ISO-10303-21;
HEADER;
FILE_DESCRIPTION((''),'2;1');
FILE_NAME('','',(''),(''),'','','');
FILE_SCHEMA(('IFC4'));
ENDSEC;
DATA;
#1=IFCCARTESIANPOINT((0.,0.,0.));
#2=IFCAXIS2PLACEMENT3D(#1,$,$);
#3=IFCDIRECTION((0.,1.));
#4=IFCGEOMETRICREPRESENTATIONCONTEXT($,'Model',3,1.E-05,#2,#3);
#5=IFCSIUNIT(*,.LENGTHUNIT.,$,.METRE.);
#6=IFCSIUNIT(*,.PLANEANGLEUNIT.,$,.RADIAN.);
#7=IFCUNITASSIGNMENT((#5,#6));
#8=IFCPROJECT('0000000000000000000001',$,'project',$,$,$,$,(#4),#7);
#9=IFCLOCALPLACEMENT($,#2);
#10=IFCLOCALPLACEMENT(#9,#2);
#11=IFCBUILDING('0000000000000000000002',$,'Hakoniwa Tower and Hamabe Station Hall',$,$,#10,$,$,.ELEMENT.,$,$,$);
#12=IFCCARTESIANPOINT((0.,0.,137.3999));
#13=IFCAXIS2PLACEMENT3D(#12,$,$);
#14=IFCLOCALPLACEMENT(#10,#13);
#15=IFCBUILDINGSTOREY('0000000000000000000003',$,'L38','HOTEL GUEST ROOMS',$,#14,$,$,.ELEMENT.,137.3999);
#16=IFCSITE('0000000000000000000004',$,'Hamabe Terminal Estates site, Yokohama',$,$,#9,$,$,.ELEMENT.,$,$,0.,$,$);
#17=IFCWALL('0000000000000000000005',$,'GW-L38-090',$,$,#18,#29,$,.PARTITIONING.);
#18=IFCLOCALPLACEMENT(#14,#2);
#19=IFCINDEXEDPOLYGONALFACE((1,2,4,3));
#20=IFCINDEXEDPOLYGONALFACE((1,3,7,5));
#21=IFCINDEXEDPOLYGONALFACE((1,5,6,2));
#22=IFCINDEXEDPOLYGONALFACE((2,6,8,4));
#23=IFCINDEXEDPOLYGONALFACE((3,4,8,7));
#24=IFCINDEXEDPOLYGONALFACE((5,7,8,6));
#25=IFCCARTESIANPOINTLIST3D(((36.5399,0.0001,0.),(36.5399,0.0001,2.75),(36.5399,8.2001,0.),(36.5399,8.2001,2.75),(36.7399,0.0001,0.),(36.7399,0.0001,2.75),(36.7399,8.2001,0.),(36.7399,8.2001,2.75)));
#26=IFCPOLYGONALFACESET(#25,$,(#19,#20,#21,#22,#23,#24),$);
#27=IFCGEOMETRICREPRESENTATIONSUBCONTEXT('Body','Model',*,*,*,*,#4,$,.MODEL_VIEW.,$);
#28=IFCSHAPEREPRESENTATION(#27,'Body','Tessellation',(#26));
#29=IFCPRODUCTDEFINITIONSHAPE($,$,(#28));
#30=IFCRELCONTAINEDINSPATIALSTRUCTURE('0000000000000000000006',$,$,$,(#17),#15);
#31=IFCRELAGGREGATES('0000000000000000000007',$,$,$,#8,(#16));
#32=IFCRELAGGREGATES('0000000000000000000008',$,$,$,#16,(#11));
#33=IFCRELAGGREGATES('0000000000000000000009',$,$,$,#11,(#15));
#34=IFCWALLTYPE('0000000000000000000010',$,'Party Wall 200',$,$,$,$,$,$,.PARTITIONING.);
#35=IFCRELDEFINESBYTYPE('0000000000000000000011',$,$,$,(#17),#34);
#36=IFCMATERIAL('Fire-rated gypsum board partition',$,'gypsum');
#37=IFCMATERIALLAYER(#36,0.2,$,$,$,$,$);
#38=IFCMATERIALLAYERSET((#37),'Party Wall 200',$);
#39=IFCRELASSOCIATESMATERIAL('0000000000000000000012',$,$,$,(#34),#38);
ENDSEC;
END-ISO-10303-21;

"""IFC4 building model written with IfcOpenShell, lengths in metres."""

from ifc_helpers import new_model, si_unit, direction, frame, frame_2d, origin, place, context, subcontext, project, spatial, rectangle, extrude, material, layer, layer_set, type_object, element, save


model = new_model("IFC4")

# Units and contexts
model_context = context("Model", 3, precision=1e-05, world=origin(), true_north=direction((0.0, 1.0)))
body_context = subcontext(model_context, "Body", "Model", "MODEL_VIEW")
ifc_project = project(units=[si_unit("LENGTHUNIT", "METRE"), si_unit("PLANEANGLEUNIT", "RADIAN")], contexts=[model_context])

# Site, building, storey
site_placement = place(None, origin())
site = spatial("IfcSite", under=ifc_project, at=site_placement, Name="Hamabe Terminal Estates site, Yokohama", CompositionType="ELEMENT", RefElevation=0.0)
building_placement = place(site_placement, origin())
building = spatial("IfcBuilding", under=site, at=building_placement, Name="Hakoniwa Tower and Hamabe Station Hall", CompositionType="ELEMENT")
storey_placement = place(building_placement, frame((0.0, 0.0, 137.3999)))
storey = spatial("IfcBuildingStorey", under=building, at=storey_placement, Name="L38", Description="HOTEL GUEST ROOMS", CompositionType="ELEMENT", Elevation=137.3999)

# Wall
ifc_material_1 = material(Name="Fire-rated gypsum board partition", Category="gypsum")
ifc_layer_1 = layer(ifc_material_1, 0.2)
ifc_layer_set_1 = layer_set([ifc_layer_1], Name="Party Wall 200")
wall_type_1 = type_object("IfcWallType", Name="Party Wall 200", PredefinedType="PARTITIONING", material=ifc_layer_set_1)
wall_1_placement = place(storey_placement, frame((36.6399, 0.0, 0.0), z_axis=(0.0, 0.0, 1.0), x_axis=(0.0, 1.0, 0.0)))
element("IfcWall", 1, at=wall_1_placement, inside=storey, type_object=wall_type_1, Name="GW-L38-090", PredefinedType="PARTITIONING", context=body_context, shape_type="SweptSolid", body=[
    extrude(rectangle(XDim=8.2, YDim=0.2, at=frame_2d((4.1001, 0.0))), origin(), (0.0, 0.0, 1.0), 2.75),
])

save(model, "model.ifc")
